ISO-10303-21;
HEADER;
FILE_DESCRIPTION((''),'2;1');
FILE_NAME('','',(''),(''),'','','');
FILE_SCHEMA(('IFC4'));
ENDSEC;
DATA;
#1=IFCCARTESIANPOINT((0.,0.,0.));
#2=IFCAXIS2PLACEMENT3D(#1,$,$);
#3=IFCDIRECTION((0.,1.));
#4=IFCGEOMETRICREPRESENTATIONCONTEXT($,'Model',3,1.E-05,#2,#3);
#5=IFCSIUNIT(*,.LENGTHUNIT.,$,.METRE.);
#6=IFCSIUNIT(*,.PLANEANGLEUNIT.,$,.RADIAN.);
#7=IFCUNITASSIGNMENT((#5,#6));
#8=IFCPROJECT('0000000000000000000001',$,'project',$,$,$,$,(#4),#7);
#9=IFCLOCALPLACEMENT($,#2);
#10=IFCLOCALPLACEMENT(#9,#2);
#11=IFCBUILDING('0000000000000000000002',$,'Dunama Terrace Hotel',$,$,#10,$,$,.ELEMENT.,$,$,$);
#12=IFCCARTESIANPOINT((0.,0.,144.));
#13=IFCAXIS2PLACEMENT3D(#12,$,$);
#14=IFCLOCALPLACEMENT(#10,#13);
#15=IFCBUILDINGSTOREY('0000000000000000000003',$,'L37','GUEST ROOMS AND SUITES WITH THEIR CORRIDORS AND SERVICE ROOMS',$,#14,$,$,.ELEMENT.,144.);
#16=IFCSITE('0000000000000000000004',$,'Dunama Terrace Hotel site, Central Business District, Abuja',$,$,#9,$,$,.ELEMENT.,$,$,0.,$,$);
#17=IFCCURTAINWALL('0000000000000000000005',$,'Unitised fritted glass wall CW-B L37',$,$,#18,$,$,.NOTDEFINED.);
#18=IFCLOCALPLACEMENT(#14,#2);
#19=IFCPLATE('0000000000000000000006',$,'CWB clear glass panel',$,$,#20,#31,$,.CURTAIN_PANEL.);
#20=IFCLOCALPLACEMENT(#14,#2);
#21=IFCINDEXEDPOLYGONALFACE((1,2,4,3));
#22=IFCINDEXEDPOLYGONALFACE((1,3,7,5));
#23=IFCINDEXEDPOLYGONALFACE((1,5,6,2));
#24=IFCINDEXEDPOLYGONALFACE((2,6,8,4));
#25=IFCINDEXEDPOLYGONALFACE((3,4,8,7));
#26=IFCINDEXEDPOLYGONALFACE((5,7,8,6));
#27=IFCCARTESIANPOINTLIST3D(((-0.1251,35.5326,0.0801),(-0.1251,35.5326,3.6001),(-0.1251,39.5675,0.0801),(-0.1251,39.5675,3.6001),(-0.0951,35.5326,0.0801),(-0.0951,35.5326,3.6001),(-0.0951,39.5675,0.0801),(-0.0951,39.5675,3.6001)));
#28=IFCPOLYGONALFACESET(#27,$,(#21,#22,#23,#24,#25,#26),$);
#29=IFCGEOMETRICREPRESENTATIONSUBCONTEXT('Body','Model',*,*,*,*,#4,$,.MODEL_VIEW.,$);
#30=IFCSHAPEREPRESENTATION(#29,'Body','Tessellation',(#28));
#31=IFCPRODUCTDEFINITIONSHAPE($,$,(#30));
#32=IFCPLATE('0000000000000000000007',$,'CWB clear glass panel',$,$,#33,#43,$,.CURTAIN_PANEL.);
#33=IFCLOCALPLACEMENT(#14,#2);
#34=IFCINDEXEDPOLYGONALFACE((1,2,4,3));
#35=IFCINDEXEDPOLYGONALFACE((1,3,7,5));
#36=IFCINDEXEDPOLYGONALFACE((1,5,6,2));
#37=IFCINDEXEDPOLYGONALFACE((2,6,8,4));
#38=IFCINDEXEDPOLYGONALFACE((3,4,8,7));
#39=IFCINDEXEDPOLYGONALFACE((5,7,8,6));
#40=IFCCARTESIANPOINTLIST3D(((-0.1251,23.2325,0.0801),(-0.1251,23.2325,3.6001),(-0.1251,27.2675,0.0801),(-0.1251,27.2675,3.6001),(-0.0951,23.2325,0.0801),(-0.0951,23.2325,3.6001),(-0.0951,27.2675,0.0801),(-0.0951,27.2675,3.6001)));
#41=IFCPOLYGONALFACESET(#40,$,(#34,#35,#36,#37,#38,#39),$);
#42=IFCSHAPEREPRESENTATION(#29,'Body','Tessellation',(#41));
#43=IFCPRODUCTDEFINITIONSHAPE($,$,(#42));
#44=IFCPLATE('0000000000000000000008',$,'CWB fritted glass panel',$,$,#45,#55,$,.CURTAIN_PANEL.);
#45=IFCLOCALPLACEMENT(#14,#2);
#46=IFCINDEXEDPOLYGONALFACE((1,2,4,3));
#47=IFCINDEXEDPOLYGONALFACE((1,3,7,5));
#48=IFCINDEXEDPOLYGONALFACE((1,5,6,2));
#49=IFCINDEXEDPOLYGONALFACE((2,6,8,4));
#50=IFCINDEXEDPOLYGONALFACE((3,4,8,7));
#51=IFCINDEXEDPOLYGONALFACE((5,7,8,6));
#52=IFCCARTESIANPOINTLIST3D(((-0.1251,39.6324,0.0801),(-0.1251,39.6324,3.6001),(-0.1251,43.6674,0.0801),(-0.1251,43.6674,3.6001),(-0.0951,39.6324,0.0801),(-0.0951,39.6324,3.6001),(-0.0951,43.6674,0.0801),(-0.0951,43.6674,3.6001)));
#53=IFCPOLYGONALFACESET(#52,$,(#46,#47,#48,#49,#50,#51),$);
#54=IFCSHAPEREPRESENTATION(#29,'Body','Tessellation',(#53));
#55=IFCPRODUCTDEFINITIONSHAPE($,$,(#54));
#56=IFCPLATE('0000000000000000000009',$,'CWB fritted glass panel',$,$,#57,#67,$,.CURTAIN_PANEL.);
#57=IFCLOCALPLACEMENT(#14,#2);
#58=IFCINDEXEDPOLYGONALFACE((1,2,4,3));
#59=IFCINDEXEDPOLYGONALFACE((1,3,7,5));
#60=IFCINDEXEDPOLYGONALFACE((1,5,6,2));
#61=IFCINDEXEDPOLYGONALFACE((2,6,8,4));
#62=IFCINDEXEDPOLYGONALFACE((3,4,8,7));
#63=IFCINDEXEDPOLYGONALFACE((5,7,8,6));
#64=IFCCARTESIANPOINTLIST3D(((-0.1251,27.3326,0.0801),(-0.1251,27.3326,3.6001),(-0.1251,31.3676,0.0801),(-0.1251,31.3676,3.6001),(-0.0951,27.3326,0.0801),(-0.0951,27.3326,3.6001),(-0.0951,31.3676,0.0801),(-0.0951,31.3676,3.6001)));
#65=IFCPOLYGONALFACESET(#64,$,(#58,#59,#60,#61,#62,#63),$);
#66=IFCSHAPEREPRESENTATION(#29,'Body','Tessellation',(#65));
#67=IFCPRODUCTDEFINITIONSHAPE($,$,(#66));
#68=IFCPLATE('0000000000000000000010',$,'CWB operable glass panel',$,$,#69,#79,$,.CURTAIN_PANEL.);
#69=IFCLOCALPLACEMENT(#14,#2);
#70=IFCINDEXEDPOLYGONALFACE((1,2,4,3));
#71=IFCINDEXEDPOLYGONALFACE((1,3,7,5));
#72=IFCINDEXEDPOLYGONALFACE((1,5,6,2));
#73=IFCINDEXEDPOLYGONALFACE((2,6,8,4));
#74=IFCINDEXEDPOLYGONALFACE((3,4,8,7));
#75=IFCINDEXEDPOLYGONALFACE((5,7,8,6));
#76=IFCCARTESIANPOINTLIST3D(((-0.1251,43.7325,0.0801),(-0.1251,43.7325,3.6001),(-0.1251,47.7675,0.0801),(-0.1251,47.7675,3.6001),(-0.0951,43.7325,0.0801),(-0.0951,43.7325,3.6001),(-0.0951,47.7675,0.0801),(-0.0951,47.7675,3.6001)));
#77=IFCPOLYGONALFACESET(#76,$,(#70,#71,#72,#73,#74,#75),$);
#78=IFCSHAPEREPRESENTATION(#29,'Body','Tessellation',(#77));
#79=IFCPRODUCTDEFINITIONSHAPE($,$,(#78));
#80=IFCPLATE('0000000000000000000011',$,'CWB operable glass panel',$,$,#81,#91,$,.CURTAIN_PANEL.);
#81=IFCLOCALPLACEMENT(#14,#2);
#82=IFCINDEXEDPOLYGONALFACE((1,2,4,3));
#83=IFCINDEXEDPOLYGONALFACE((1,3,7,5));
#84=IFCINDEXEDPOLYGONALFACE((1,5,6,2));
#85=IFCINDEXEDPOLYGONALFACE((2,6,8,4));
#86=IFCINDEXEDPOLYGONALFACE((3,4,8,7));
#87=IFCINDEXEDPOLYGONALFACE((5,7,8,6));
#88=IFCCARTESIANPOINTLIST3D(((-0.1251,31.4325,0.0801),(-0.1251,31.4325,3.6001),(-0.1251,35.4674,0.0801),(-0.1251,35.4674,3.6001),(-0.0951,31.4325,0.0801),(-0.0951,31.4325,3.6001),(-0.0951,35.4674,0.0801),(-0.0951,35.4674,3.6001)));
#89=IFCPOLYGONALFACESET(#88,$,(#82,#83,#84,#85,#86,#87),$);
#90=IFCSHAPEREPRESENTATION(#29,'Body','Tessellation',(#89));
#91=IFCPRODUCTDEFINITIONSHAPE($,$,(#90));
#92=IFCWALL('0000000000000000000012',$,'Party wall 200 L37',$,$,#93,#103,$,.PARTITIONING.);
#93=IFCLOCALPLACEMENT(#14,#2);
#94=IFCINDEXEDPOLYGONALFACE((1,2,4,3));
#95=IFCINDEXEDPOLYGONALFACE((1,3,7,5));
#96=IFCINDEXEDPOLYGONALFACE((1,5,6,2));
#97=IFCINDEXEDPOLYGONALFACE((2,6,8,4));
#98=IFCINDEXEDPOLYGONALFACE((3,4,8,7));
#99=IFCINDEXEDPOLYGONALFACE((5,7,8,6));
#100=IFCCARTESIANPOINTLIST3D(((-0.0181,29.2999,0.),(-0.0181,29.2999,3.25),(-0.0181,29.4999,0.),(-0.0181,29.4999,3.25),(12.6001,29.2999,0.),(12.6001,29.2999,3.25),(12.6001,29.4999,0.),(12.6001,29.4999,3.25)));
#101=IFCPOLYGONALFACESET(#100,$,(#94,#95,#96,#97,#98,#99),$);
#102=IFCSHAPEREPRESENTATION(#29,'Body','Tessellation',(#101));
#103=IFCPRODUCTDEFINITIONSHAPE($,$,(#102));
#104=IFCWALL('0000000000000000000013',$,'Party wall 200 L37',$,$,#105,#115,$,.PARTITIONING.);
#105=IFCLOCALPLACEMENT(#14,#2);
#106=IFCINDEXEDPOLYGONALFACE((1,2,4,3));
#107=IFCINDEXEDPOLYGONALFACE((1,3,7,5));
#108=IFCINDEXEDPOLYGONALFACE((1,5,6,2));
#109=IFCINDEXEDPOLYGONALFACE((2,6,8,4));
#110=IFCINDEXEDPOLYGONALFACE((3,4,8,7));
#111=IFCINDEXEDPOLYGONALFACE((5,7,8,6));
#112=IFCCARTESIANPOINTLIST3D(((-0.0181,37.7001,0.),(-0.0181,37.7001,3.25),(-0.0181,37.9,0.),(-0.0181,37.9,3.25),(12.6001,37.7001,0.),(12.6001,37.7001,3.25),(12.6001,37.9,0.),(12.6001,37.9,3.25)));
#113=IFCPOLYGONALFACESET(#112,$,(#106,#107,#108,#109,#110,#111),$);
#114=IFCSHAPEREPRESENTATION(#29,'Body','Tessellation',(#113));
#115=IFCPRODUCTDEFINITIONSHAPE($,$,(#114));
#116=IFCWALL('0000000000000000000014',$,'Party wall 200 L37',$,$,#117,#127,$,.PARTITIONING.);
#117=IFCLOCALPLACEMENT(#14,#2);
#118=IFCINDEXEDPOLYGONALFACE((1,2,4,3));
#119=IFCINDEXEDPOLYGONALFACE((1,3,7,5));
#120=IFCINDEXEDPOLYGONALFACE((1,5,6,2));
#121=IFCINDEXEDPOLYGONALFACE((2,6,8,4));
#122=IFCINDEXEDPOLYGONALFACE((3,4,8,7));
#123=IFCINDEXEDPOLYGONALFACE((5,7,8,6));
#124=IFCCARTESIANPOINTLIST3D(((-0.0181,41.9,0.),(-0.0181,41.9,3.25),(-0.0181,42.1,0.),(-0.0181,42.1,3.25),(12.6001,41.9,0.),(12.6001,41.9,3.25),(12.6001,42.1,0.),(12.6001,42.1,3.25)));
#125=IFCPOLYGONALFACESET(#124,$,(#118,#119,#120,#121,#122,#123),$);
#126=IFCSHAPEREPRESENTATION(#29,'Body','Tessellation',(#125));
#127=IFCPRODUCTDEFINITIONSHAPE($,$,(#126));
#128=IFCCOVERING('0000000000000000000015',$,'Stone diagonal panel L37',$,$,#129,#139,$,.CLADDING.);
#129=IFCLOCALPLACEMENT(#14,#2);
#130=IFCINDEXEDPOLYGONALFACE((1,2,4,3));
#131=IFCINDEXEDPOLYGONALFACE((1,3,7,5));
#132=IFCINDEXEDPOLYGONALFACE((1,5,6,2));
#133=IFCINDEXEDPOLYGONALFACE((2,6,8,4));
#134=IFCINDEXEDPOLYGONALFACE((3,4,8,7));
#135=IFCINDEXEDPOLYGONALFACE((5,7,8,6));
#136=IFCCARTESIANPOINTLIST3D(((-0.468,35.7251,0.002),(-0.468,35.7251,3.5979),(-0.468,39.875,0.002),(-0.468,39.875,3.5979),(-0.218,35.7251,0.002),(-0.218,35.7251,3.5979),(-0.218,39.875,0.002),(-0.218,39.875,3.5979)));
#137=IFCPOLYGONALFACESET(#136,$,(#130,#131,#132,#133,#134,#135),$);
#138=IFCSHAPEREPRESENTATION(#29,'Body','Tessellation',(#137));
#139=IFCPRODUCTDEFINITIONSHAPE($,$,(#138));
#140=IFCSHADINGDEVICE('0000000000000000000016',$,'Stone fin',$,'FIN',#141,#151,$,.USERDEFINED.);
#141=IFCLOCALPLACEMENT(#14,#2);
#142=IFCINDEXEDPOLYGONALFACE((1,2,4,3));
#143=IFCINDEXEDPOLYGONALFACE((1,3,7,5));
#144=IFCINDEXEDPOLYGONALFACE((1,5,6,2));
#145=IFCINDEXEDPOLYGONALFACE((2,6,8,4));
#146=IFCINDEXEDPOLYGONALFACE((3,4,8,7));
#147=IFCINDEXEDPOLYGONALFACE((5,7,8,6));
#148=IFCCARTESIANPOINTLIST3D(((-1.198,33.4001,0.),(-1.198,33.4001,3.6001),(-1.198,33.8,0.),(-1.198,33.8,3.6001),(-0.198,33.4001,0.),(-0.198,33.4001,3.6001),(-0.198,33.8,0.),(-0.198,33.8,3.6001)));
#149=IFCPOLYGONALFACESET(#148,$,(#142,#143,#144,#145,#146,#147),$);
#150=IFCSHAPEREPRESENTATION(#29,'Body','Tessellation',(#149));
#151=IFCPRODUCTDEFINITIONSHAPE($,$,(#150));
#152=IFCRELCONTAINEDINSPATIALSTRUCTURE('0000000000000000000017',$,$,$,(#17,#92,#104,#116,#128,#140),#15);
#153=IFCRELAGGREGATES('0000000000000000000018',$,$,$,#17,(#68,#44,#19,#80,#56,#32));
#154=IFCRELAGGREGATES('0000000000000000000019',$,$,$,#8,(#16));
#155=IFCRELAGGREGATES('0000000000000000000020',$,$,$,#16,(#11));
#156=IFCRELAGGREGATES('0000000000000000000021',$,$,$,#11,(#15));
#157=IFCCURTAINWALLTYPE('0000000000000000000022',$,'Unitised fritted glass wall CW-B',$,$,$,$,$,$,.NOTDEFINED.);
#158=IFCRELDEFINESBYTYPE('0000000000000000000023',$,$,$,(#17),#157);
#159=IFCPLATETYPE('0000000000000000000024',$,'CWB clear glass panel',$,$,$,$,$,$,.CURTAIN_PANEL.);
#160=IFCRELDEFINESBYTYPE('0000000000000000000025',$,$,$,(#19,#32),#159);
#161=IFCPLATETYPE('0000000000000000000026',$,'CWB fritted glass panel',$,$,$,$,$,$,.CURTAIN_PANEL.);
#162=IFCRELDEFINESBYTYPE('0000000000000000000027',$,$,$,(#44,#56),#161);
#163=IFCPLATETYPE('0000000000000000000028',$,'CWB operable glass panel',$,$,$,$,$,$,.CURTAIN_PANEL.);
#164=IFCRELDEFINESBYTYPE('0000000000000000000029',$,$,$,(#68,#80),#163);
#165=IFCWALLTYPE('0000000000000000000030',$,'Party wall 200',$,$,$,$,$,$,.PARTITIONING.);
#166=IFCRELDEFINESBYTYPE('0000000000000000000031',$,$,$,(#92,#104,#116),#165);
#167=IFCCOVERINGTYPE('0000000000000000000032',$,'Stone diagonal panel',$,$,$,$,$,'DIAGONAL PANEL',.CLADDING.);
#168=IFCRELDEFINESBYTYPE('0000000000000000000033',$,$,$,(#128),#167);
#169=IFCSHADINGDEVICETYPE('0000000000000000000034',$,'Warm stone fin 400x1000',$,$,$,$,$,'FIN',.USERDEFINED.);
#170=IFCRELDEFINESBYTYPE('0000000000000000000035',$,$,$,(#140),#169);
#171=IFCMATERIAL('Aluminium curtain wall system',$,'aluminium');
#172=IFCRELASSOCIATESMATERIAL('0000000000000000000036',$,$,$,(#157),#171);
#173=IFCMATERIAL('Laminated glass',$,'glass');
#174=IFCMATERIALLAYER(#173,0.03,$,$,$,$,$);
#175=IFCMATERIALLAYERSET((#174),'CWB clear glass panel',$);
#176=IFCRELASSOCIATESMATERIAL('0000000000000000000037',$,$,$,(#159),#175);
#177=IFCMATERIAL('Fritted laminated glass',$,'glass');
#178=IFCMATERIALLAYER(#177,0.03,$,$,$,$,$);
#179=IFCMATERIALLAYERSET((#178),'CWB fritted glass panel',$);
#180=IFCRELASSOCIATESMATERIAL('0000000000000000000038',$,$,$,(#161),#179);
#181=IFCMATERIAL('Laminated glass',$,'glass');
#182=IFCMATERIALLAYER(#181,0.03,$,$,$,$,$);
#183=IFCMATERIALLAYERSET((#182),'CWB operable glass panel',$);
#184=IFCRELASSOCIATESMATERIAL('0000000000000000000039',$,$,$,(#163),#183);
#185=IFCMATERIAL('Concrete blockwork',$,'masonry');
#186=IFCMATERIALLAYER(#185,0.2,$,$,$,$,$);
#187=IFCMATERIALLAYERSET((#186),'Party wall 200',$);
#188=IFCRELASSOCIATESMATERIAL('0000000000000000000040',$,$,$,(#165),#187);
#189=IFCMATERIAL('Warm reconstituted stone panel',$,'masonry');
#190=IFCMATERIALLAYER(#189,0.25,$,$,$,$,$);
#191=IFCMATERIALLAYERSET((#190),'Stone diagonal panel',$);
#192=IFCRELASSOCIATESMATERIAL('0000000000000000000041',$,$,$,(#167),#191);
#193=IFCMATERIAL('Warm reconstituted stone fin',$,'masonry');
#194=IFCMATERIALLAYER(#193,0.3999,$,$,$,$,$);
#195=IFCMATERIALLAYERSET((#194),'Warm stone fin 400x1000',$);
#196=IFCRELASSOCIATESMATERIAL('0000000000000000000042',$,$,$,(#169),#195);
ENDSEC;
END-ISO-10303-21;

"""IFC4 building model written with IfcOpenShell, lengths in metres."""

from ifc_helpers import new_model, si_unit, direction, frame, frame_2d, origin, origin_2d, place, context, subcontext, project, spatial, rectangle, extrude, material, layer, layer_set, type_object, element, aggregate, save


model = new_model("IFC4")

# Units and contexts
model_context = context("Model", 3, precision=1e-05, world=origin(), true_north=direction((0.0, 1.0)))
body_context = subcontext(model_context, "Body", "Model", "MODEL_VIEW")
ifc_project = project(units=[si_unit("LENGTHUNIT", "METRE"), si_unit("PLANEANGLEUNIT", "RADIAN")], contexts=[model_context])

# Site, building, storey
site_placement = place(None, origin())
site = spatial("IfcSite", under=ifc_project, at=site_placement, Name="Dunama Terrace Hotel site, Central Business District, Abuja", CompositionType="ELEMENT", RefElevation=0.0)
building_placement = place(site_placement, origin())
building = spatial("IfcBuilding", under=site, at=building_placement, Name="Dunama Terrace Hotel", CompositionType="ELEMENT")
storey_placement = place(building_placement, frame((0.0, 0.0, 144.0)))
storey = spatial("IfcBuildingStorey", under=building, at=storey_placement, Name="L37", Description="GUEST ROOMS AND SUITES WITH THEIR CORRIDORS AND SERVICE ROOMS", CompositionType="ELEMENT", Elevation=144.0)

# Curtain wall
ifc_material_1 = material(Name="Aluminium curtain wall system", Category="aluminium")
curtain_wall_type = type_object("IfcCurtainWallType", Name="Unitised fritted glass wall CW-B", PredefinedType="NOTDEFINED", material=ifc_material_1)
curtain_wall_placement = place(storey_placement, origin())
curtain_wall = element("IfcCurtainWall", 1, at=curtain_wall_placement, inside=storey, type_object=curtain_wall_type, Name="Unitised fritted glass wall CW-B L37", PredefinedType="NOTDEFINED")

# Plates
ifc_material_2 = material(Name="Laminated glass", Category="glass")
ifc_layer_1 = layer(ifc_material_2, 0.03)
ifc_layer_set_1 = layer_set([ifc_layer_1], Name="CWB clear glass panel")
plate_type_1 = type_object("IfcPlateType", Name="CWB clear glass panel", PredefinedType="CURTAIN_PANEL", material=ifc_layer_set_1)
plate_1_placement = place(storey_placement, frame((-0.1101, 37.55, 0.0801), z_axis=(0.0, 0.0, 1.0), x_axis=(0.0, -1.0, 0.0)))
plate_1 = element("IfcPlate", 2, at=plate_1_placement, type_object=plate_type_1, Name="CWB clear glass panel", PredefinedType="CURTAIN_PANEL", context=body_context, shape_type="SweptSolid", body=[
    extrude(rectangle(XDim=4.0349, YDim=0.03, at=origin_2d()), origin(), (0.0, 0.0, 1.0), 3.52),
])
plate_2_placement = place(storey_placement, frame((-0.1101, 25.25, 0.0801), z_axis=(0.0, 0.0, 1.0), x_axis=(0.0, -1.0, 0.0)))
plate_2 = element("IfcPlate", 3, at=plate_2_placement, type_object=plate_type_1, Name="CWB clear glass panel", PredefinedType="CURTAIN_PANEL", context=body_context, shape_type="SweptSolid", body=[
    extrude(rectangle(XDim=4.0349, YDim=0.03, at=origin_2d()), origin(), (0.0, 0.0, 1.0), 3.52),
])
ifc_material_3 = material(Name="Fritted laminated glass", Category="glass")
ifc_layer_2 = layer(ifc_material_3, 0.03)
ifc_layer_set_2 = layer_set([ifc_layer_2], Name="CWB fritted glass panel")
plate_type_2 = type_object("IfcPlateType", Name="CWB fritted glass panel", PredefinedType="CURTAIN_PANEL", material=ifc_layer_set_2)
plate_3_placement = place(storey_placement, frame((-0.1101, 41.6499, 0.0801), z_axis=(0.0, 0.0, 1.0), x_axis=(0.0, -1.0, 0.0)))
plate_3 = element("IfcPlate", 4, at=plate_3_placement, type_object=plate_type_2, Name="CWB fritted glass panel", PredefinedType="CURTAIN_PANEL", context=body_context, shape_type="SweptSolid", body=[
    extrude(rectangle(XDim=4.0349, YDim=0.03, at=origin_2d()), origin(), (0.0, 0.0, 1.0), 3.52),
])
plate_4_placement = place(storey_placement, frame((-0.1101, 29.3501, 0.0801), z_axis=(0.0, 0.0, 1.0), x_axis=(0.0, -1.0, 0.0)))
plate_4 = element("IfcPlate", 5, at=plate_4_placement, type_object=plate_type_2, Name="CWB fritted glass panel", PredefinedType="CURTAIN_PANEL", context=body_context, shape_type="SweptSolid", body=[
    extrude(rectangle(XDim=4.0349, YDim=0.03, at=origin_2d()), origin(), (0.0, 0.0, 1.0), 3.52),
])
ifc_material_4 = material(Name="Laminated glass", Category="glass")
ifc_layer_3 = layer(ifc_material_4, 0.03)
ifc_layer_set_3 = layer_set([ifc_layer_3], Name="CWB operable glass panel")
plate_type_3 = type_object("IfcPlateType", Name="CWB operable glass panel", PredefinedType="CURTAIN_PANEL", material=ifc_layer_set_3)
plate_5_placement = place(storey_placement, frame((-0.1101, 45.75, 0.0801), z_axis=(0.0, 0.0, 1.0), x_axis=(0.0, -1.0, 0.0)))
plate_5 = element("IfcPlate", 6, at=plate_5_placement, type_object=plate_type_3, Name="CWB operable glass panel", PredefinedType="CURTAIN_PANEL", context=body_context, shape_type="SweptSolid", body=[
    extrude(rectangle(XDim=4.0349, YDim=0.03, at=origin_2d()), origin(), (0.0, 0.0, 1.0), 3.52),
])
plate_6_placement = place(storey_placement, frame((-0.1101, 33.45, 0.0801), z_axis=(0.0, 0.0, 1.0), x_axis=(0.0, -1.0, 0.0)))
plate_6 = element("IfcPlate", 7, at=plate_6_placement, type_object=plate_type_3, Name="CWB operable glass panel", PredefinedType="CURTAIN_PANEL", context=body_context, shape_type="SweptSolid", body=[
    extrude(rectangle(XDim=4.0349, YDim=0.03, at=origin_2d()), origin(), (0.0, 0.0, 1.0), 3.52),
])
aggregate(curtain_wall, [plate_5, plate_3, plate_1, plate_6, plate_4, plate_2])

# Walls
ifc_material_5 = material(Name="Concrete blockwork", Category="masonry")
ifc_layer_4 = layer(ifc_material_5, 0.2)
ifc_layer_set_4 = layer_set([ifc_layer_4], Name="Party wall 200")
wall_type = type_object("IfcWallType", Name="Party wall 200", PredefinedType="PARTITIONING", material=ifc_layer_set_4)
for number, where, z_axis, x_axis, name in (
    (8, (-0.0181, 29.3999, 0.0), (0.0, 0.0, 1.0), (1.0, 0.0, 0.0), "Party wall 200 L37"),
    (9, (-0.0181, 37.8, 0.0), (0.0, 0.0, 1.0), (1.0, 0.0, 0.0), "Party wall 200 L37"),
    (10, (-0.0181, 42.0, 0.0), (0.0, 0.0, 1.0), (1.0, 0.0, 0.0), "Party wall 200 L37"),
):
    element("IfcWall", number, at=place(storey_placement, frame(where, z_axis=z_axis, x_axis=x_axis)), inside=storey, type_object=wall_type, Name=name, PredefinedType="PARTITIONING", context=body_context, shape_type="SweptSolid", body=[
        extrude(rectangle(XDim=12.6182, YDim=0.2, at=frame_2d((6.3091, 0.0))), origin(), (0.0, 0.0, 1.0), 3.25),
    ])

# Covering
ifc_material_6 = material(Name="Warm reconstituted stone panel", Category="masonry")
ifc_layer_5 = layer(ifc_material_6, 0.25)
ifc_layer_set_5 = layer_set([ifc_layer_5], Name="Stone diagonal panel")
covering_type = type_object("IfcCoveringType", Name="Stone diagonal panel", ElementType="DIAGONAL PANEL", PredefinedType="CLADDING", material=ifc_layer_set_5)
covering_placement = place(storey_placement, frame((-0.343, 37.8, 0.002), z_axis=(0.0, 0.0, 1.0), x_axis=(0.0, -1.0, 0.0)))
element("IfcCovering", 11, at=covering_placement, inside=storey, type_object=covering_type, Name="Stone diagonal panel L37", PredefinedType="CLADDING", context=body_context, shape_type="SweptSolid", body=[
    extrude(rectangle(XDim=4.1499, YDim=0.25, at=origin_2d()), origin(), (0.0, 0.0, 1.0), 3.5959),
])

# Shading device
ifc_material_7 = material(Name="Warm reconstituted stone fin", Category="masonry")
ifc_layer_6 = layer(ifc_material_7, 0.3999)
ifc_layer_set_6 = layer_set([ifc_layer_6], Name="Warm stone fin 400x1000")
shading_device_type = type_object("IfcShadingDeviceType", Name="Warm stone fin 400x1000", ElementType="FIN", PredefinedType="USERDEFINED", material=ifc_layer_set_6)
shading_device_placement = place(storey_placement, frame((-0.698, 33.6001, 0.0), z_axis=(0.0, 0.0, 1.0), x_axis=(0.0, -1.0, 0.0)))
element("IfcShadingDevice", 12, at=shading_device_placement, inside=storey, type_object=shading_device_type, Name="Stone fin", ObjectType="FIN", PredefinedType="USERDEFINED", context=body_context, shape_type="SweptSolid", body=[
    extrude(rectangle(XDim=0.3999, YDim=1.0, at=origin_2d()), origin(), (0.0, 0.0, 1.0), 3.6001),
])

save(model, "model.ifc")
